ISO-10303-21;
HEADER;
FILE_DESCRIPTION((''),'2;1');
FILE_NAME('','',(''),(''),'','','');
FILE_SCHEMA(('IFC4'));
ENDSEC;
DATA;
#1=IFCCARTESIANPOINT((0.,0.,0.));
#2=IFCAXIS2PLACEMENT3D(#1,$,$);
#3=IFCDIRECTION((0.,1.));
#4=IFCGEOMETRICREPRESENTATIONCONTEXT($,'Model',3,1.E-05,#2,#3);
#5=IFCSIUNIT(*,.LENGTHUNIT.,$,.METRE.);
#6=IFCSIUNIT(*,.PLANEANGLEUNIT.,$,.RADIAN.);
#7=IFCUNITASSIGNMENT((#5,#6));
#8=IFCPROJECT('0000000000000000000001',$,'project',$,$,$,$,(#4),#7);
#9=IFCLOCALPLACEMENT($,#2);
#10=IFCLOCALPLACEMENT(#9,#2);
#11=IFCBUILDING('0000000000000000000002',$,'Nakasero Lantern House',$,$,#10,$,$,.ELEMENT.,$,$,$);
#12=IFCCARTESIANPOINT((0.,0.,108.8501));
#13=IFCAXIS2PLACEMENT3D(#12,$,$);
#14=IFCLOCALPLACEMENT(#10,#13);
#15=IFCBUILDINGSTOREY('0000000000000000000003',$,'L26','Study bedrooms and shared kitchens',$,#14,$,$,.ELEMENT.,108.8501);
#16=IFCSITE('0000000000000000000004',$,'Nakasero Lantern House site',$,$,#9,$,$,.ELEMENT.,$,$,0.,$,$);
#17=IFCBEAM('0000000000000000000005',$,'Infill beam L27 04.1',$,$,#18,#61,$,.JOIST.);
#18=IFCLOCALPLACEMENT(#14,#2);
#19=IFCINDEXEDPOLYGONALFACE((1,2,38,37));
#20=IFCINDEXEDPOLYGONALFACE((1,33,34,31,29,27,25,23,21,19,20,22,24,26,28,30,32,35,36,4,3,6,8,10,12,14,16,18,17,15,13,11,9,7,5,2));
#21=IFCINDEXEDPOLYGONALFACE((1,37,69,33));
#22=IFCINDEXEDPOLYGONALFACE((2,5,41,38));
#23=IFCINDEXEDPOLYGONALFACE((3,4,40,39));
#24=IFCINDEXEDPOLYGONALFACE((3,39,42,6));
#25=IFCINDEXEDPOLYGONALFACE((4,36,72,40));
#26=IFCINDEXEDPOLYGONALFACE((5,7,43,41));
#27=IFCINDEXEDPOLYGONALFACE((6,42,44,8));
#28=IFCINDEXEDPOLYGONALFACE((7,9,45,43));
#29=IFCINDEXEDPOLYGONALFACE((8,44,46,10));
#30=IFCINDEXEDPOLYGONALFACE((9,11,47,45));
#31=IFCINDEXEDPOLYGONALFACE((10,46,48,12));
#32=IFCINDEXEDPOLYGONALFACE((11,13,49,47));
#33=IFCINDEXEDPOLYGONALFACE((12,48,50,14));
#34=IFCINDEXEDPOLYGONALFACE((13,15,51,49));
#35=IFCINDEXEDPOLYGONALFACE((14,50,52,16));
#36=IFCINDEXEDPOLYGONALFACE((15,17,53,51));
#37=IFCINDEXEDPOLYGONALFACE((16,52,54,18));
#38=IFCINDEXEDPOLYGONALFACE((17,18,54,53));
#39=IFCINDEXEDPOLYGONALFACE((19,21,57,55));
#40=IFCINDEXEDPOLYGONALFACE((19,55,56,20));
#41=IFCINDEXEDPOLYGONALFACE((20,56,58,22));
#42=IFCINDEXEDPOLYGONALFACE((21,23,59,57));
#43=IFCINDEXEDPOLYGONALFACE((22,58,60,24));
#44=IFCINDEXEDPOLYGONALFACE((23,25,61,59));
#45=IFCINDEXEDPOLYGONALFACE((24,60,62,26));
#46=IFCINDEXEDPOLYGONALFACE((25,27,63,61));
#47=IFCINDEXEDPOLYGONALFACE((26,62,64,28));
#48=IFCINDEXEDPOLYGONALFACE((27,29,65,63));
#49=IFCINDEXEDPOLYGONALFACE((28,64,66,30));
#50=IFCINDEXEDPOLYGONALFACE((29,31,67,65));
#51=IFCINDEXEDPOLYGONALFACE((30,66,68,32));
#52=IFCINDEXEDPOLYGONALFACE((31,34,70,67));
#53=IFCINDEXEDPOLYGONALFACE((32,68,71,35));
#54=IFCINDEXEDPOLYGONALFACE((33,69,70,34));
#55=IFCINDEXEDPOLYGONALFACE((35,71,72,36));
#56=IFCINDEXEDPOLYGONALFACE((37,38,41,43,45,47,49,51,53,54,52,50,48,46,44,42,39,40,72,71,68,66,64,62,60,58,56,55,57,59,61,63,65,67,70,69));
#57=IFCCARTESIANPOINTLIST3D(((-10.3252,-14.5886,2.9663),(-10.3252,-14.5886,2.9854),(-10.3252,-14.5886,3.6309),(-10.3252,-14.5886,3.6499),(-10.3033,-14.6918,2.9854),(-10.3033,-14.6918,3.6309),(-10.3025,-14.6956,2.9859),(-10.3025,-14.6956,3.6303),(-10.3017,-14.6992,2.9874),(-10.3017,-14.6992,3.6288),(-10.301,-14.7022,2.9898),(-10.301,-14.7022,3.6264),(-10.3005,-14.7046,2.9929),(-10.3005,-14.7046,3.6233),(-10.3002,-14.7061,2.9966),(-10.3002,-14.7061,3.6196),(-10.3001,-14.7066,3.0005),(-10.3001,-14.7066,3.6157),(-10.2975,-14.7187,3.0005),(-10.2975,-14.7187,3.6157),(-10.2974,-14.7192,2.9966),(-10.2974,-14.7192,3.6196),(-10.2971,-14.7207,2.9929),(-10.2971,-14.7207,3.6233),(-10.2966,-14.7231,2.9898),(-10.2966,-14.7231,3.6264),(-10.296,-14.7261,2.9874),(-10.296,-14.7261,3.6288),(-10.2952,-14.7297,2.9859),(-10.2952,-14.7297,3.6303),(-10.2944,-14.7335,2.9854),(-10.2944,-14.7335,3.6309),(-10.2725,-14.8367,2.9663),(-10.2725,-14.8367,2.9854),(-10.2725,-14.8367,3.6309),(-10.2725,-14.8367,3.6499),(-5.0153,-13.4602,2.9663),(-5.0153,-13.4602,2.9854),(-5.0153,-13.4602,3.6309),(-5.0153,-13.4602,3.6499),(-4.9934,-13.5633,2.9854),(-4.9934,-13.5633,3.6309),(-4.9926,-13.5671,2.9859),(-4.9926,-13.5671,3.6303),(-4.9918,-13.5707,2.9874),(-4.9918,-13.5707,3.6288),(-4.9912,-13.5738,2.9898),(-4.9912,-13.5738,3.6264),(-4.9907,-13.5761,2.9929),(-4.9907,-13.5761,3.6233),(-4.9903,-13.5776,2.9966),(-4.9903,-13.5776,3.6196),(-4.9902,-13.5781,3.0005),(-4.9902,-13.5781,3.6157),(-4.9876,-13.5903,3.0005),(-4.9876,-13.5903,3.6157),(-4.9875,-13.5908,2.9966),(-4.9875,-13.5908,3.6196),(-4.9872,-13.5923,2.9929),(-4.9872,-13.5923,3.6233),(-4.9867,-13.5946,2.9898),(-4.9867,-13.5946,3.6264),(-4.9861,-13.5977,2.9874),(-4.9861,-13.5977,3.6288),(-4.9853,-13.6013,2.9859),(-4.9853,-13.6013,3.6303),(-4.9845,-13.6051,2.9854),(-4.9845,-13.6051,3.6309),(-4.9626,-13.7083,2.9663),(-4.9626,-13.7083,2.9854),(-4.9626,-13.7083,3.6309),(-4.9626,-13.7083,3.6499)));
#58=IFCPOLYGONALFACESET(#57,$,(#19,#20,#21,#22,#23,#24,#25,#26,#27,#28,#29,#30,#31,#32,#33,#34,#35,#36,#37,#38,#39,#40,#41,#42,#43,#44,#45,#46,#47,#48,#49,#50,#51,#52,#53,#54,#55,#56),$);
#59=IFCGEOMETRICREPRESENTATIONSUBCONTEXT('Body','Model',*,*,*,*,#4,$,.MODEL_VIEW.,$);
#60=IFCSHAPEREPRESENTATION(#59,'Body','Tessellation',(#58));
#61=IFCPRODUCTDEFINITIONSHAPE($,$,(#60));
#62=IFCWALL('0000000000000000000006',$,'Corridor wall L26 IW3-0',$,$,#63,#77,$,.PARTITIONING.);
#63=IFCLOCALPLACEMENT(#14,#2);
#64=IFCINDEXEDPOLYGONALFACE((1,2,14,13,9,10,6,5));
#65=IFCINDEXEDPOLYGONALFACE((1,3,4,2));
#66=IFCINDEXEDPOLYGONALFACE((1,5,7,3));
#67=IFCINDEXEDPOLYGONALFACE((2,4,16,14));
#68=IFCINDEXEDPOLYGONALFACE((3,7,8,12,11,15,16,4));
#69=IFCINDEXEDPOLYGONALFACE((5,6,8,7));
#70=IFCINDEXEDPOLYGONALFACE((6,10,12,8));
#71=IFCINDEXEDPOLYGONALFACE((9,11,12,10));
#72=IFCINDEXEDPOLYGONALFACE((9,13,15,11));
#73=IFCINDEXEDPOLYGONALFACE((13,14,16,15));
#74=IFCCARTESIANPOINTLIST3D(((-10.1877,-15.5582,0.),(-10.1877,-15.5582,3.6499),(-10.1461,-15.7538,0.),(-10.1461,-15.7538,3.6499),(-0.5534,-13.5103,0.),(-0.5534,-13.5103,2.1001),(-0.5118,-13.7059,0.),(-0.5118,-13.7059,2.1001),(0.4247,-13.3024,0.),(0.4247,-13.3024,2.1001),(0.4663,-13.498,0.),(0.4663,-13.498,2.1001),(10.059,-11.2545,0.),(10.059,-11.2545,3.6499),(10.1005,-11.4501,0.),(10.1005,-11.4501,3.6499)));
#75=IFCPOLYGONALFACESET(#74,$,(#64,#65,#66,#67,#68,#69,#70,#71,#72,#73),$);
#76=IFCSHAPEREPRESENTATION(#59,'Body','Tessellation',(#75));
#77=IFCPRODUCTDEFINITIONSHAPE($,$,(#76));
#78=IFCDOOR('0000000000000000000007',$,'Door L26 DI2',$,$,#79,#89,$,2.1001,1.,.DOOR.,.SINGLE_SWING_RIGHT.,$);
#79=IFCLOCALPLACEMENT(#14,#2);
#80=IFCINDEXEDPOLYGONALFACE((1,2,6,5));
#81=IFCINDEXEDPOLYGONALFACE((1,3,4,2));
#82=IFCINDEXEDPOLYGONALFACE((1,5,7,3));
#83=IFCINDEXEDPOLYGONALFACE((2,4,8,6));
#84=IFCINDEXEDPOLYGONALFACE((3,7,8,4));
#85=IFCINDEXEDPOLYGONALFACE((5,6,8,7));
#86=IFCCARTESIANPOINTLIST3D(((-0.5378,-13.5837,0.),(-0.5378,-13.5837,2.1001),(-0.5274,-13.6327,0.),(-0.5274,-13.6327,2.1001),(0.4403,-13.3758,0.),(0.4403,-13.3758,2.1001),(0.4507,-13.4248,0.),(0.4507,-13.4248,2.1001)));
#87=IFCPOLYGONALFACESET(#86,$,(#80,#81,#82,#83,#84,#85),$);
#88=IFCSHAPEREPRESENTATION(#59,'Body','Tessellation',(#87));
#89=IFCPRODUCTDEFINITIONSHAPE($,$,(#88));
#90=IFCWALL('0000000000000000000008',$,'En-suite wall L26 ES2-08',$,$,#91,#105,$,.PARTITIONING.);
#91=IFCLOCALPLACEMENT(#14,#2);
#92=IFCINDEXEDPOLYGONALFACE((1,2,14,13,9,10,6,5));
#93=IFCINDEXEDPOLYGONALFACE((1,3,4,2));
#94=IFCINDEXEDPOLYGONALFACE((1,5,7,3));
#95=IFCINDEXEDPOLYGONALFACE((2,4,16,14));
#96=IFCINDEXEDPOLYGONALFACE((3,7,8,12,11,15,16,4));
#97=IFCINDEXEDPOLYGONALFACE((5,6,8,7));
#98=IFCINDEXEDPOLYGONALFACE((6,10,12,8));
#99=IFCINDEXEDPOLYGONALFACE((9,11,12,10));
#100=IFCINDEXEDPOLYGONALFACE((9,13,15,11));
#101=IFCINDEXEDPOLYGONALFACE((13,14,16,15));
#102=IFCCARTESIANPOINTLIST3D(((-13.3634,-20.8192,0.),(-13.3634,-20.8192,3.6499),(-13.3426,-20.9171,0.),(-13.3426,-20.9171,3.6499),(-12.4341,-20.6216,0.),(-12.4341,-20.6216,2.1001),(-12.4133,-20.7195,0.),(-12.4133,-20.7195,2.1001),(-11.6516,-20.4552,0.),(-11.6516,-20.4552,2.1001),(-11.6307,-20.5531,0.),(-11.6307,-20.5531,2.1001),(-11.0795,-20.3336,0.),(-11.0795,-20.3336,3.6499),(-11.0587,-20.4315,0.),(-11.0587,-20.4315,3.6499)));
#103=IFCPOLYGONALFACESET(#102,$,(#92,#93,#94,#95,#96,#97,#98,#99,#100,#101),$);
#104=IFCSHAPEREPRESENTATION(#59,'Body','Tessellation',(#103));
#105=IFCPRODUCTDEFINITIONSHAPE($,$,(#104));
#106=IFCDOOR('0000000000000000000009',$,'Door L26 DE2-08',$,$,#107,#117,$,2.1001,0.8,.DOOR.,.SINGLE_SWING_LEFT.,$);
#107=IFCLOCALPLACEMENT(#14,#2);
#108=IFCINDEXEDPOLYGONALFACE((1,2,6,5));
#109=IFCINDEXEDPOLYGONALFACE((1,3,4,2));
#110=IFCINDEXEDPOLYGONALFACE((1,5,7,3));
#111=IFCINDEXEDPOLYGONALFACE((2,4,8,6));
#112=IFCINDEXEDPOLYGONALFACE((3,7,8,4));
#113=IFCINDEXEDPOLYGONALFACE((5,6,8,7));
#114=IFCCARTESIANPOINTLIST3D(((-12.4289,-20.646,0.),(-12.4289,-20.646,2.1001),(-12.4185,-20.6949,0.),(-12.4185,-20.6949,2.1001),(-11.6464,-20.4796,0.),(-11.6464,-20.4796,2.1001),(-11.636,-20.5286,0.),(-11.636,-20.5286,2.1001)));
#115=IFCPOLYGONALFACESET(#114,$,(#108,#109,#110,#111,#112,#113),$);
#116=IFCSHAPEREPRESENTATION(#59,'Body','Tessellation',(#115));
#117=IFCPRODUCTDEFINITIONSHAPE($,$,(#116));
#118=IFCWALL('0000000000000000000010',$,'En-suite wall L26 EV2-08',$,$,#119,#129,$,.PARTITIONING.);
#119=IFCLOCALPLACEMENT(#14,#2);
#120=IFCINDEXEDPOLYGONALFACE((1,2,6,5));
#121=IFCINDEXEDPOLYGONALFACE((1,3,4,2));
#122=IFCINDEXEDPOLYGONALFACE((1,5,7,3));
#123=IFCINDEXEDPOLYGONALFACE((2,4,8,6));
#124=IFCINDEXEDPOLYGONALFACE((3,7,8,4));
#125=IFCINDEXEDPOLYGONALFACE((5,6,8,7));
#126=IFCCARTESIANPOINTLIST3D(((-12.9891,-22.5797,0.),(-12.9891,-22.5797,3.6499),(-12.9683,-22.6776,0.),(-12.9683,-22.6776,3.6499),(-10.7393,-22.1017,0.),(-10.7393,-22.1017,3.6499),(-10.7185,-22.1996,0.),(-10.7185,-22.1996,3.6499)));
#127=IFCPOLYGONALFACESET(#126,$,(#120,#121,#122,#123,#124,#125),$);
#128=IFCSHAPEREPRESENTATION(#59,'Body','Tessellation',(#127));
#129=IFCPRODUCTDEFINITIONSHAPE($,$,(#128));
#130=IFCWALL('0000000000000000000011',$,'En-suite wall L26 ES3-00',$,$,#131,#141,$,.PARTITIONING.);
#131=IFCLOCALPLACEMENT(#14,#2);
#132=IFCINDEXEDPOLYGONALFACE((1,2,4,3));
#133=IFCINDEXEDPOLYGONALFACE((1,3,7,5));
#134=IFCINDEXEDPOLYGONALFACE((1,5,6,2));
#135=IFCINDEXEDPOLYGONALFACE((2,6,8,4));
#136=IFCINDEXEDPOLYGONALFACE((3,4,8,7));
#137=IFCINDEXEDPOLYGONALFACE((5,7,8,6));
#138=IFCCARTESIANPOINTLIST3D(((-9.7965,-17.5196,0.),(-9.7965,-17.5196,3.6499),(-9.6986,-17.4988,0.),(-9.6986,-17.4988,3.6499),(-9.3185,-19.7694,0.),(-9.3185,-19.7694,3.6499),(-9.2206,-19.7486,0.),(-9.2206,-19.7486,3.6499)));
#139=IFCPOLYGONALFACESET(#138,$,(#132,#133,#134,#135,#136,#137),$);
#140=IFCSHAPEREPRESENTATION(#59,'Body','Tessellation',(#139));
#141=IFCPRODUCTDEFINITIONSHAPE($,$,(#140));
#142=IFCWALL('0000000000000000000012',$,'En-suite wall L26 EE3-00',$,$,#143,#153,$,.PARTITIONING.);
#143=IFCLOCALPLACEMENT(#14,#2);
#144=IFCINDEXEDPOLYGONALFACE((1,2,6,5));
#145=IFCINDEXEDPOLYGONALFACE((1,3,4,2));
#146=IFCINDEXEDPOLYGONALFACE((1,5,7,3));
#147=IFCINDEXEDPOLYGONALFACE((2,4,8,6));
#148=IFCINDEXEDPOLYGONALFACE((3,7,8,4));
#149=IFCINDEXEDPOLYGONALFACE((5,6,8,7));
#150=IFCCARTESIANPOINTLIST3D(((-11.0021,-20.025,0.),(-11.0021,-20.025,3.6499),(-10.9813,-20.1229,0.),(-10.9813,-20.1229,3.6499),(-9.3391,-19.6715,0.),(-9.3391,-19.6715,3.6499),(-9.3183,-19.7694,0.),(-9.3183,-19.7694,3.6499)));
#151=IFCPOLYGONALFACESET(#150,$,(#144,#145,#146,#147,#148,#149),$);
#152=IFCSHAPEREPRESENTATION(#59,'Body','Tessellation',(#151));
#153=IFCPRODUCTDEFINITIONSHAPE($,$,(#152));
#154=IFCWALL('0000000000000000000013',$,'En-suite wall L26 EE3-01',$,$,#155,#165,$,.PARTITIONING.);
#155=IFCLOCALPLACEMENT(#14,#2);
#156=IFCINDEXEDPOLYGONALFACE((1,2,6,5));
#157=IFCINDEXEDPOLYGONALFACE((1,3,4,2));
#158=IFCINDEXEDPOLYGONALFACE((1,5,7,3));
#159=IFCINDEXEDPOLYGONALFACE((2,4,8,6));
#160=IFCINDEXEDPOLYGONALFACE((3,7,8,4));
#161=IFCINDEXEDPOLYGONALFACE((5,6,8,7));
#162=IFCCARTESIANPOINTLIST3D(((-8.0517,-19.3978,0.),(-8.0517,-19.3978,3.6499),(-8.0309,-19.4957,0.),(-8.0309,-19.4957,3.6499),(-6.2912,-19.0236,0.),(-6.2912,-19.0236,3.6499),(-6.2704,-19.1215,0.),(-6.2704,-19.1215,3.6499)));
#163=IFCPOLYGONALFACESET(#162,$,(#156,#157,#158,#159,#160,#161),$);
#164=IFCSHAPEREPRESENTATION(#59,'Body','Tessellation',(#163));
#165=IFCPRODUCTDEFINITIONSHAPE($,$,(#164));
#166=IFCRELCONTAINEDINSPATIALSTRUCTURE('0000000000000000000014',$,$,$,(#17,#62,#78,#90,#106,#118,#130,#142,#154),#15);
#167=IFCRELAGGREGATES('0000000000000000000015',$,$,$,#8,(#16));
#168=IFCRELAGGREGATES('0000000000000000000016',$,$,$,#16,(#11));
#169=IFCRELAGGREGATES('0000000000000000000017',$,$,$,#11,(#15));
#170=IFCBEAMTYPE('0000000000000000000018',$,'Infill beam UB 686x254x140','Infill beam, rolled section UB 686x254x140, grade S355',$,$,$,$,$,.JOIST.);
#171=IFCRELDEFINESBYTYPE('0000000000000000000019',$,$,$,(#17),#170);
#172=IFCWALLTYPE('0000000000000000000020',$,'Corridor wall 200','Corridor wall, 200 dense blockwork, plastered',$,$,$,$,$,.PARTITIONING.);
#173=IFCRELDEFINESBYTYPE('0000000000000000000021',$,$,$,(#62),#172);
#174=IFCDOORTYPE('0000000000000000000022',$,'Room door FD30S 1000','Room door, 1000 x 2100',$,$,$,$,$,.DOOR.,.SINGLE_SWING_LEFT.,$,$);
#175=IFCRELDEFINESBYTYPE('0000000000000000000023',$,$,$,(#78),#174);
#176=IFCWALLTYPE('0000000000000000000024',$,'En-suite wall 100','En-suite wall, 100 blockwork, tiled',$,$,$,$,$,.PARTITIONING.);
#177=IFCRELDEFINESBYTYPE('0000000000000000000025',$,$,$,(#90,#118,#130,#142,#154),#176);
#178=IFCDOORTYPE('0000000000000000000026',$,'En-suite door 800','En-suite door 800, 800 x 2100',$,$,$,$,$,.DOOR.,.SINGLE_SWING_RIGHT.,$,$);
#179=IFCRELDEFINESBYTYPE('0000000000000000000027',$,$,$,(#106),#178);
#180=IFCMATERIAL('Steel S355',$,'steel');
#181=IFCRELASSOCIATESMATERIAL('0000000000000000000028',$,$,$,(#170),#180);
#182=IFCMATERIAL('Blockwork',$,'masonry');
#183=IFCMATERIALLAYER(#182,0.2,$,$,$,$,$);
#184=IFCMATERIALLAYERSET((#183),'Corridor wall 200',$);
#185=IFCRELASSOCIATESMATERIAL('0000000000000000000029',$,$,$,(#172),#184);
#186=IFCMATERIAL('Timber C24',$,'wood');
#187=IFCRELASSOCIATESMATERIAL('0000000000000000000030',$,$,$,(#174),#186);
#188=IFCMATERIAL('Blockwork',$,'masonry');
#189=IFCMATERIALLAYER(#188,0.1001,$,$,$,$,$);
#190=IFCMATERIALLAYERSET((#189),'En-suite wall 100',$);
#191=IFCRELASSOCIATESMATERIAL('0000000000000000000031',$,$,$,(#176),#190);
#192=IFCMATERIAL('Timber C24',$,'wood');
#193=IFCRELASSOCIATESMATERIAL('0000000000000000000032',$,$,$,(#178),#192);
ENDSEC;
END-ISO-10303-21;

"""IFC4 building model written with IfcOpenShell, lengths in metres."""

from ifc_helpers import new_model, si_unit, direction, frame, frame_2d, origin, origin_2d, place, context, subcontext, project, spatial, rectangle, i_section, extrude, material, layer, layer_set, material_profile, profile_set, type_object, element, fill, save


model = new_model("IFC4")

# Units and contexts
model_context = context("Model", 3, precision=1e-05, world=origin(), true_north=direction((0.0, 1.0)))
body_context = subcontext(model_context, "Body", "Model", "MODEL_VIEW")
ifc_project = project(units=[si_unit("LENGTHUNIT", "METRE"), si_unit("PLANEANGLEUNIT", "RADIAN")], contexts=[model_context])

# Site, building, storey
site_placement = place(None, origin())
site = spatial("IfcSite", under=ifc_project, at=site_placement, Name="Nakasero Lantern House site", CompositionType="ELEMENT", RefElevation=0.0)
building_placement = place(site_placement, origin())
building = spatial("IfcBuilding", under=site, at=building_placement, Name="Nakasero Lantern House", CompositionType="ELEMENT")
storey_placement = place(building_placement, frame((0.0, 0.0, 108.8501)))
storey = spatial("IfcBuildingStorey", under=building, at=storey_placement, Name="L26", Description="Study bedrooms and shared kitchens", CompositionType="ELEMENT", Elevation=108.8501)

# Beam
ifc_material_1 = material(Name="Steel S355", Category="steel")
ifc_material_profile = material_profile(ifc_material_1, i_section(OverallWidth=0.2537, OverallDepth=0.6836, WebThickness=0.0125, FlangeThickness=0.019, FilletRadius=0.0151, at=origin_2d()), Name="UB 686x254x140")
ifc_profile_set = profile_set([ifc_material_profile], Name="Steel S355")
beam_type = type_object("IfcBeamType", Name="Infill beam UB 686x254x140", Description="Infill beam, rolled section UB 686x254x140, grade S355", PredefinedType="JOIST", material=ifc_profile_set)
beam_placement = place(storey_placement, frame((-10.2988, -14.7126, 3.3081), z_axis=(0.978156, 0.207873, 0.0), x_axis=(-0.207873, 0.978156, 0.0)))
element("IfcBeam", 1, at=beam_placement, inside=storey, type_object=beam_type, Name="Infill beam L27 04.1", PredefinedType="JOIST", context=body_context, shape_type="SweptSolid", body=[
    extrude(i_section(OverallWidth=0.2537, OverallDepth=0.6836, WebThickness=0.0125, FlangeThickness=0.019, FilletRadius=0.0151, at=origin_2d()), origin(), (0.0, 0.0, 1.0), 5.4285),
])

# Walls, openings, doors
ifc_material_2 = material(Name="Blockwork", Category="masonry")
ifc_layer_1 = layer(ifc_material_2, 0.2)
ifc_layer_set_1 = layer_set([ifc_layer_1], Name="Corridor wall 200")
wall_type_1 = type_object("IfcWallType", Name="Corridor wall 200", Description="Corridor wall, 200 dense blockwork, plastered", PredefinedType="PARTITIONING", material=ifc_layer_set_1)
wall_1_placement = place(storey_placement, frame((-10.167, -15.656, 0.0), z_axis=(0.0, 0.0, 1.0), x_axis=(0.978146, 0.207919, 0.0)))
wall_1 = element("IfcWall", 2, at=wall_1_placement, inside=storey, type_object=wall_type_1, Name="Corridor wall L26 IW3-0", PredefinedType="PARTITIONING", context=body_context, shape_type="SweptSolid", body=[
    extrude(rectangle(XDim=20.699, YDim=0.2, at=frame_2d((10.3496, 0.0))), origin(), (0.0, 0.0, 1.0), 3.6499),
])
opening_1_placement = place(wall_1_placement, frame((9.8496, 0.0, 0.0)))
opening_1 = element("IfcOpeningElement", 3, at=opening_1_placement, cuts=wall_1, PredefinedType="OPENING", context=body_context, shape_type="SweptSolid", body=[
    extrude(rectangle(XDim=1.0, YDim=2.1001, at=frame_2d((0.5, 1.05))), frame((0.0, 0.1199, 0.0), z_axis=(0.0, -1.0, 0.0), x_axis=(1.0, 0.0, 0.0)), (0.0, 0.0, 1.0), 0.24),
])
ifc_material_3 = material(Name="Timber C24", Category="wood")
door_type_1 = type_object("IfcDoorType", Name="Room door FD30S 1000", Description="Room door, 1000 x 2100", OperationType="SINGLE_SWING_LEFT", PredefinedType="DOOR", material=ifc_material_3)
door_1_placement = place(opening_1_placement, origin())
door_1 = element("IfcDoor", 4, at=door_1_placement, inside=storey, type_object=door_type_1, Name="Door L26 DI2", OperationType="SINGLE_SWING_RIGHT", OverallHeight=2.1001, OverallWidth=1.0, PredefinedType="DOOR", context=body_context, shape_type="SweptSolid", body=[
    extrude(rectangle(XDim=1.0, YDim=2.1001, at=frame_2d((0.5, 1.05))), frame((0.0, 0.0249, 0.0), z_axis=(0.0, -1.0, 0.0), x_axis=(1.0, 0.0, 0.0)), (0.0, 0.0, 1.0), 0.05),
])
fill(opening_1, door_1)
ifc_material_4 = material(Name="Blockwork", Category="masonry")
ifc_layer_2 = layer(ifc_material_4, 0.1001)
ifc_layer_set_2 = layer_set([ifc_layer_2], Name="En-suite wall 100")
wall_type_2 = type_object("IfcWallType", Name="En-suite wall 100", Description="En-suite wall, 100 blockwork, tiled", PredefinedType="PARTITIONING", material=ifc_layer_set_2)
wall_2_placement = place(storey_placement, frame((-11.0691, -20.3826, 0.0), z_axis=(0.0, 0.0, 1.0), x_axis=(-0.978136, -0.207965, 0.0)))
wall_2 = element("IfcWall", 5, at=wall_2_placement, inside=storey, type_object=wall_type_2, Name="En-suite wall L26 ES2-08", PredefinedType="PARTITIONING", context=body_context, shape_type="SweptSolid", body=[
    extrude(rectangle(XDim=2.335, YDim=0.1001, at=frame_2d((1.1675, 0.0))), origin(), (0.0, 0.0, 1.0), 3.6499),
])
opening_2_placement = place(wall_2_placement, frame((0.585, 0.0, 0.0)))
opening_2 = element("IfcOpeningElement", 6, at=opening_2_placement, cuts=wall_2, PredefinedType="OPENING", context=body_context, shape_type="SweptSolid", body=[
    extrude(rectangle(XDim=0.8, YDim=2.1001, at=frame_2d((0.3999, 1.05))), frame((0.0, 0.0701, 0.0), z_axis=(0.0, -1.0, 0.0), x_axis=(1.0, 0.0, 0.0)), (0.0, 0.0, 1.0), 0.1401),
])
ifc_material_5 = material(Name="Timber C24", Category="wood")
door_type_2 = type_object("IfcDoorType", Name="En-suite door 800", Description="En-suite door 800, 800 x 2100", OperationType="SINGLE_SWING_RIGHT", PredefinedType="DOOR", material=ifc_material_5)
door_2_placement = place(opening_2_placement, origin())
door_2 = element("IfcDoor", 7, at=door_2_placement, inside=storey, type_object=door_type_2, Name="Door L26 DE2-08", OperationType="SINGLE_SWING_LEFT", OverallHeight=2.1001, OverallWidth=0.8, PredefinedType="DOOR", context=body_context, shape_type="SweptSolid", body=[
    extrude(rectangle(XDim=0.8, YDim=2.1001, at=frame_2d((0.3999, 1.05))), frame((0.0, 0.0249, 0.0), z_axis=(0.0, -1.0, 0.0), x_axis=(1.0, 0.0, 0.0)), (0.0, 0.0, 1.0), 0.05),
])
fill(opening_2, door_2)

# Walls
for number, where, z_axis, x_axis, name in (
    (8, (-10.729, -22.1506, 0.0), (0.0, 0.0, 1.0), (-0.978163, -0.20784, 0.0), "En-suite wall L26 EV2-08"),
    (9, (-9.7476, -17.5093, 0.0), (0.0, 0.0, 1.0), (0.20784, -0.978163, 0.0), "En-suite wall L26 ES3-00"),
):
    element("IfcWall", number, at=place(storey_placement, frame(where, z_axis=z_axis, x_axis=x_axis)), inside=storey, type_object=wall_type_2, Name=name, PredefinedType="PARTITIONING", context=body_context, shape_type="SweptSolid", body=[
        extrude(rectangle(XDim=2.3, YDim=0.1001, at=frame_2d((1.1499, 0.0))), origin(), (0.0, 0.0, 1.0), 3.6499),
    ])
wall_3_placement = place(storey_placement, frame((-10.9917, -20.074, 0.0), z_axis=(0.0, 0.0, 1.0), x_axis=(0.978146, 0.207921, 0.0)))
element("IfcWall", 10, at=wall_3_placement, inside=storey, type_object=wall_type_2, Name="En-suite wall L26 EE3-00", PredefinedType="PARTITIONING", context=body_context, shape_type="SweptSolid", body=[
    extrude(rectangle(XDim=1.7002, YDim=0.1001, at=frame_2d((0.8501, 0.0))), origin(), (0.0, 0.0, 1.0), 3.6499),
])
wall_4_placement = place(storey_placement, frame((-8.0413, -19.4468, 0.0), z_axis=(0.0, 0.0, 1.0), x_axis=(0.978141, 0.207945, 0.0)))
element("IfcWall", 11, at=wall_4_placement, inside=storey, type_object=wall_type_2, Name="En-suite wall L26 EE3-01", PredefinedType="PARTITIONING", context=body_context, shape_type="SweptSolid", body=[
    extrude(rectangle(XDim=1.7998, YDim=0.1001, at=frame_2d((0.8999, 0.0))), origin(), (0.0, 0.0, 1.0), 3.6499),
])

save(model, "model.ifc")
